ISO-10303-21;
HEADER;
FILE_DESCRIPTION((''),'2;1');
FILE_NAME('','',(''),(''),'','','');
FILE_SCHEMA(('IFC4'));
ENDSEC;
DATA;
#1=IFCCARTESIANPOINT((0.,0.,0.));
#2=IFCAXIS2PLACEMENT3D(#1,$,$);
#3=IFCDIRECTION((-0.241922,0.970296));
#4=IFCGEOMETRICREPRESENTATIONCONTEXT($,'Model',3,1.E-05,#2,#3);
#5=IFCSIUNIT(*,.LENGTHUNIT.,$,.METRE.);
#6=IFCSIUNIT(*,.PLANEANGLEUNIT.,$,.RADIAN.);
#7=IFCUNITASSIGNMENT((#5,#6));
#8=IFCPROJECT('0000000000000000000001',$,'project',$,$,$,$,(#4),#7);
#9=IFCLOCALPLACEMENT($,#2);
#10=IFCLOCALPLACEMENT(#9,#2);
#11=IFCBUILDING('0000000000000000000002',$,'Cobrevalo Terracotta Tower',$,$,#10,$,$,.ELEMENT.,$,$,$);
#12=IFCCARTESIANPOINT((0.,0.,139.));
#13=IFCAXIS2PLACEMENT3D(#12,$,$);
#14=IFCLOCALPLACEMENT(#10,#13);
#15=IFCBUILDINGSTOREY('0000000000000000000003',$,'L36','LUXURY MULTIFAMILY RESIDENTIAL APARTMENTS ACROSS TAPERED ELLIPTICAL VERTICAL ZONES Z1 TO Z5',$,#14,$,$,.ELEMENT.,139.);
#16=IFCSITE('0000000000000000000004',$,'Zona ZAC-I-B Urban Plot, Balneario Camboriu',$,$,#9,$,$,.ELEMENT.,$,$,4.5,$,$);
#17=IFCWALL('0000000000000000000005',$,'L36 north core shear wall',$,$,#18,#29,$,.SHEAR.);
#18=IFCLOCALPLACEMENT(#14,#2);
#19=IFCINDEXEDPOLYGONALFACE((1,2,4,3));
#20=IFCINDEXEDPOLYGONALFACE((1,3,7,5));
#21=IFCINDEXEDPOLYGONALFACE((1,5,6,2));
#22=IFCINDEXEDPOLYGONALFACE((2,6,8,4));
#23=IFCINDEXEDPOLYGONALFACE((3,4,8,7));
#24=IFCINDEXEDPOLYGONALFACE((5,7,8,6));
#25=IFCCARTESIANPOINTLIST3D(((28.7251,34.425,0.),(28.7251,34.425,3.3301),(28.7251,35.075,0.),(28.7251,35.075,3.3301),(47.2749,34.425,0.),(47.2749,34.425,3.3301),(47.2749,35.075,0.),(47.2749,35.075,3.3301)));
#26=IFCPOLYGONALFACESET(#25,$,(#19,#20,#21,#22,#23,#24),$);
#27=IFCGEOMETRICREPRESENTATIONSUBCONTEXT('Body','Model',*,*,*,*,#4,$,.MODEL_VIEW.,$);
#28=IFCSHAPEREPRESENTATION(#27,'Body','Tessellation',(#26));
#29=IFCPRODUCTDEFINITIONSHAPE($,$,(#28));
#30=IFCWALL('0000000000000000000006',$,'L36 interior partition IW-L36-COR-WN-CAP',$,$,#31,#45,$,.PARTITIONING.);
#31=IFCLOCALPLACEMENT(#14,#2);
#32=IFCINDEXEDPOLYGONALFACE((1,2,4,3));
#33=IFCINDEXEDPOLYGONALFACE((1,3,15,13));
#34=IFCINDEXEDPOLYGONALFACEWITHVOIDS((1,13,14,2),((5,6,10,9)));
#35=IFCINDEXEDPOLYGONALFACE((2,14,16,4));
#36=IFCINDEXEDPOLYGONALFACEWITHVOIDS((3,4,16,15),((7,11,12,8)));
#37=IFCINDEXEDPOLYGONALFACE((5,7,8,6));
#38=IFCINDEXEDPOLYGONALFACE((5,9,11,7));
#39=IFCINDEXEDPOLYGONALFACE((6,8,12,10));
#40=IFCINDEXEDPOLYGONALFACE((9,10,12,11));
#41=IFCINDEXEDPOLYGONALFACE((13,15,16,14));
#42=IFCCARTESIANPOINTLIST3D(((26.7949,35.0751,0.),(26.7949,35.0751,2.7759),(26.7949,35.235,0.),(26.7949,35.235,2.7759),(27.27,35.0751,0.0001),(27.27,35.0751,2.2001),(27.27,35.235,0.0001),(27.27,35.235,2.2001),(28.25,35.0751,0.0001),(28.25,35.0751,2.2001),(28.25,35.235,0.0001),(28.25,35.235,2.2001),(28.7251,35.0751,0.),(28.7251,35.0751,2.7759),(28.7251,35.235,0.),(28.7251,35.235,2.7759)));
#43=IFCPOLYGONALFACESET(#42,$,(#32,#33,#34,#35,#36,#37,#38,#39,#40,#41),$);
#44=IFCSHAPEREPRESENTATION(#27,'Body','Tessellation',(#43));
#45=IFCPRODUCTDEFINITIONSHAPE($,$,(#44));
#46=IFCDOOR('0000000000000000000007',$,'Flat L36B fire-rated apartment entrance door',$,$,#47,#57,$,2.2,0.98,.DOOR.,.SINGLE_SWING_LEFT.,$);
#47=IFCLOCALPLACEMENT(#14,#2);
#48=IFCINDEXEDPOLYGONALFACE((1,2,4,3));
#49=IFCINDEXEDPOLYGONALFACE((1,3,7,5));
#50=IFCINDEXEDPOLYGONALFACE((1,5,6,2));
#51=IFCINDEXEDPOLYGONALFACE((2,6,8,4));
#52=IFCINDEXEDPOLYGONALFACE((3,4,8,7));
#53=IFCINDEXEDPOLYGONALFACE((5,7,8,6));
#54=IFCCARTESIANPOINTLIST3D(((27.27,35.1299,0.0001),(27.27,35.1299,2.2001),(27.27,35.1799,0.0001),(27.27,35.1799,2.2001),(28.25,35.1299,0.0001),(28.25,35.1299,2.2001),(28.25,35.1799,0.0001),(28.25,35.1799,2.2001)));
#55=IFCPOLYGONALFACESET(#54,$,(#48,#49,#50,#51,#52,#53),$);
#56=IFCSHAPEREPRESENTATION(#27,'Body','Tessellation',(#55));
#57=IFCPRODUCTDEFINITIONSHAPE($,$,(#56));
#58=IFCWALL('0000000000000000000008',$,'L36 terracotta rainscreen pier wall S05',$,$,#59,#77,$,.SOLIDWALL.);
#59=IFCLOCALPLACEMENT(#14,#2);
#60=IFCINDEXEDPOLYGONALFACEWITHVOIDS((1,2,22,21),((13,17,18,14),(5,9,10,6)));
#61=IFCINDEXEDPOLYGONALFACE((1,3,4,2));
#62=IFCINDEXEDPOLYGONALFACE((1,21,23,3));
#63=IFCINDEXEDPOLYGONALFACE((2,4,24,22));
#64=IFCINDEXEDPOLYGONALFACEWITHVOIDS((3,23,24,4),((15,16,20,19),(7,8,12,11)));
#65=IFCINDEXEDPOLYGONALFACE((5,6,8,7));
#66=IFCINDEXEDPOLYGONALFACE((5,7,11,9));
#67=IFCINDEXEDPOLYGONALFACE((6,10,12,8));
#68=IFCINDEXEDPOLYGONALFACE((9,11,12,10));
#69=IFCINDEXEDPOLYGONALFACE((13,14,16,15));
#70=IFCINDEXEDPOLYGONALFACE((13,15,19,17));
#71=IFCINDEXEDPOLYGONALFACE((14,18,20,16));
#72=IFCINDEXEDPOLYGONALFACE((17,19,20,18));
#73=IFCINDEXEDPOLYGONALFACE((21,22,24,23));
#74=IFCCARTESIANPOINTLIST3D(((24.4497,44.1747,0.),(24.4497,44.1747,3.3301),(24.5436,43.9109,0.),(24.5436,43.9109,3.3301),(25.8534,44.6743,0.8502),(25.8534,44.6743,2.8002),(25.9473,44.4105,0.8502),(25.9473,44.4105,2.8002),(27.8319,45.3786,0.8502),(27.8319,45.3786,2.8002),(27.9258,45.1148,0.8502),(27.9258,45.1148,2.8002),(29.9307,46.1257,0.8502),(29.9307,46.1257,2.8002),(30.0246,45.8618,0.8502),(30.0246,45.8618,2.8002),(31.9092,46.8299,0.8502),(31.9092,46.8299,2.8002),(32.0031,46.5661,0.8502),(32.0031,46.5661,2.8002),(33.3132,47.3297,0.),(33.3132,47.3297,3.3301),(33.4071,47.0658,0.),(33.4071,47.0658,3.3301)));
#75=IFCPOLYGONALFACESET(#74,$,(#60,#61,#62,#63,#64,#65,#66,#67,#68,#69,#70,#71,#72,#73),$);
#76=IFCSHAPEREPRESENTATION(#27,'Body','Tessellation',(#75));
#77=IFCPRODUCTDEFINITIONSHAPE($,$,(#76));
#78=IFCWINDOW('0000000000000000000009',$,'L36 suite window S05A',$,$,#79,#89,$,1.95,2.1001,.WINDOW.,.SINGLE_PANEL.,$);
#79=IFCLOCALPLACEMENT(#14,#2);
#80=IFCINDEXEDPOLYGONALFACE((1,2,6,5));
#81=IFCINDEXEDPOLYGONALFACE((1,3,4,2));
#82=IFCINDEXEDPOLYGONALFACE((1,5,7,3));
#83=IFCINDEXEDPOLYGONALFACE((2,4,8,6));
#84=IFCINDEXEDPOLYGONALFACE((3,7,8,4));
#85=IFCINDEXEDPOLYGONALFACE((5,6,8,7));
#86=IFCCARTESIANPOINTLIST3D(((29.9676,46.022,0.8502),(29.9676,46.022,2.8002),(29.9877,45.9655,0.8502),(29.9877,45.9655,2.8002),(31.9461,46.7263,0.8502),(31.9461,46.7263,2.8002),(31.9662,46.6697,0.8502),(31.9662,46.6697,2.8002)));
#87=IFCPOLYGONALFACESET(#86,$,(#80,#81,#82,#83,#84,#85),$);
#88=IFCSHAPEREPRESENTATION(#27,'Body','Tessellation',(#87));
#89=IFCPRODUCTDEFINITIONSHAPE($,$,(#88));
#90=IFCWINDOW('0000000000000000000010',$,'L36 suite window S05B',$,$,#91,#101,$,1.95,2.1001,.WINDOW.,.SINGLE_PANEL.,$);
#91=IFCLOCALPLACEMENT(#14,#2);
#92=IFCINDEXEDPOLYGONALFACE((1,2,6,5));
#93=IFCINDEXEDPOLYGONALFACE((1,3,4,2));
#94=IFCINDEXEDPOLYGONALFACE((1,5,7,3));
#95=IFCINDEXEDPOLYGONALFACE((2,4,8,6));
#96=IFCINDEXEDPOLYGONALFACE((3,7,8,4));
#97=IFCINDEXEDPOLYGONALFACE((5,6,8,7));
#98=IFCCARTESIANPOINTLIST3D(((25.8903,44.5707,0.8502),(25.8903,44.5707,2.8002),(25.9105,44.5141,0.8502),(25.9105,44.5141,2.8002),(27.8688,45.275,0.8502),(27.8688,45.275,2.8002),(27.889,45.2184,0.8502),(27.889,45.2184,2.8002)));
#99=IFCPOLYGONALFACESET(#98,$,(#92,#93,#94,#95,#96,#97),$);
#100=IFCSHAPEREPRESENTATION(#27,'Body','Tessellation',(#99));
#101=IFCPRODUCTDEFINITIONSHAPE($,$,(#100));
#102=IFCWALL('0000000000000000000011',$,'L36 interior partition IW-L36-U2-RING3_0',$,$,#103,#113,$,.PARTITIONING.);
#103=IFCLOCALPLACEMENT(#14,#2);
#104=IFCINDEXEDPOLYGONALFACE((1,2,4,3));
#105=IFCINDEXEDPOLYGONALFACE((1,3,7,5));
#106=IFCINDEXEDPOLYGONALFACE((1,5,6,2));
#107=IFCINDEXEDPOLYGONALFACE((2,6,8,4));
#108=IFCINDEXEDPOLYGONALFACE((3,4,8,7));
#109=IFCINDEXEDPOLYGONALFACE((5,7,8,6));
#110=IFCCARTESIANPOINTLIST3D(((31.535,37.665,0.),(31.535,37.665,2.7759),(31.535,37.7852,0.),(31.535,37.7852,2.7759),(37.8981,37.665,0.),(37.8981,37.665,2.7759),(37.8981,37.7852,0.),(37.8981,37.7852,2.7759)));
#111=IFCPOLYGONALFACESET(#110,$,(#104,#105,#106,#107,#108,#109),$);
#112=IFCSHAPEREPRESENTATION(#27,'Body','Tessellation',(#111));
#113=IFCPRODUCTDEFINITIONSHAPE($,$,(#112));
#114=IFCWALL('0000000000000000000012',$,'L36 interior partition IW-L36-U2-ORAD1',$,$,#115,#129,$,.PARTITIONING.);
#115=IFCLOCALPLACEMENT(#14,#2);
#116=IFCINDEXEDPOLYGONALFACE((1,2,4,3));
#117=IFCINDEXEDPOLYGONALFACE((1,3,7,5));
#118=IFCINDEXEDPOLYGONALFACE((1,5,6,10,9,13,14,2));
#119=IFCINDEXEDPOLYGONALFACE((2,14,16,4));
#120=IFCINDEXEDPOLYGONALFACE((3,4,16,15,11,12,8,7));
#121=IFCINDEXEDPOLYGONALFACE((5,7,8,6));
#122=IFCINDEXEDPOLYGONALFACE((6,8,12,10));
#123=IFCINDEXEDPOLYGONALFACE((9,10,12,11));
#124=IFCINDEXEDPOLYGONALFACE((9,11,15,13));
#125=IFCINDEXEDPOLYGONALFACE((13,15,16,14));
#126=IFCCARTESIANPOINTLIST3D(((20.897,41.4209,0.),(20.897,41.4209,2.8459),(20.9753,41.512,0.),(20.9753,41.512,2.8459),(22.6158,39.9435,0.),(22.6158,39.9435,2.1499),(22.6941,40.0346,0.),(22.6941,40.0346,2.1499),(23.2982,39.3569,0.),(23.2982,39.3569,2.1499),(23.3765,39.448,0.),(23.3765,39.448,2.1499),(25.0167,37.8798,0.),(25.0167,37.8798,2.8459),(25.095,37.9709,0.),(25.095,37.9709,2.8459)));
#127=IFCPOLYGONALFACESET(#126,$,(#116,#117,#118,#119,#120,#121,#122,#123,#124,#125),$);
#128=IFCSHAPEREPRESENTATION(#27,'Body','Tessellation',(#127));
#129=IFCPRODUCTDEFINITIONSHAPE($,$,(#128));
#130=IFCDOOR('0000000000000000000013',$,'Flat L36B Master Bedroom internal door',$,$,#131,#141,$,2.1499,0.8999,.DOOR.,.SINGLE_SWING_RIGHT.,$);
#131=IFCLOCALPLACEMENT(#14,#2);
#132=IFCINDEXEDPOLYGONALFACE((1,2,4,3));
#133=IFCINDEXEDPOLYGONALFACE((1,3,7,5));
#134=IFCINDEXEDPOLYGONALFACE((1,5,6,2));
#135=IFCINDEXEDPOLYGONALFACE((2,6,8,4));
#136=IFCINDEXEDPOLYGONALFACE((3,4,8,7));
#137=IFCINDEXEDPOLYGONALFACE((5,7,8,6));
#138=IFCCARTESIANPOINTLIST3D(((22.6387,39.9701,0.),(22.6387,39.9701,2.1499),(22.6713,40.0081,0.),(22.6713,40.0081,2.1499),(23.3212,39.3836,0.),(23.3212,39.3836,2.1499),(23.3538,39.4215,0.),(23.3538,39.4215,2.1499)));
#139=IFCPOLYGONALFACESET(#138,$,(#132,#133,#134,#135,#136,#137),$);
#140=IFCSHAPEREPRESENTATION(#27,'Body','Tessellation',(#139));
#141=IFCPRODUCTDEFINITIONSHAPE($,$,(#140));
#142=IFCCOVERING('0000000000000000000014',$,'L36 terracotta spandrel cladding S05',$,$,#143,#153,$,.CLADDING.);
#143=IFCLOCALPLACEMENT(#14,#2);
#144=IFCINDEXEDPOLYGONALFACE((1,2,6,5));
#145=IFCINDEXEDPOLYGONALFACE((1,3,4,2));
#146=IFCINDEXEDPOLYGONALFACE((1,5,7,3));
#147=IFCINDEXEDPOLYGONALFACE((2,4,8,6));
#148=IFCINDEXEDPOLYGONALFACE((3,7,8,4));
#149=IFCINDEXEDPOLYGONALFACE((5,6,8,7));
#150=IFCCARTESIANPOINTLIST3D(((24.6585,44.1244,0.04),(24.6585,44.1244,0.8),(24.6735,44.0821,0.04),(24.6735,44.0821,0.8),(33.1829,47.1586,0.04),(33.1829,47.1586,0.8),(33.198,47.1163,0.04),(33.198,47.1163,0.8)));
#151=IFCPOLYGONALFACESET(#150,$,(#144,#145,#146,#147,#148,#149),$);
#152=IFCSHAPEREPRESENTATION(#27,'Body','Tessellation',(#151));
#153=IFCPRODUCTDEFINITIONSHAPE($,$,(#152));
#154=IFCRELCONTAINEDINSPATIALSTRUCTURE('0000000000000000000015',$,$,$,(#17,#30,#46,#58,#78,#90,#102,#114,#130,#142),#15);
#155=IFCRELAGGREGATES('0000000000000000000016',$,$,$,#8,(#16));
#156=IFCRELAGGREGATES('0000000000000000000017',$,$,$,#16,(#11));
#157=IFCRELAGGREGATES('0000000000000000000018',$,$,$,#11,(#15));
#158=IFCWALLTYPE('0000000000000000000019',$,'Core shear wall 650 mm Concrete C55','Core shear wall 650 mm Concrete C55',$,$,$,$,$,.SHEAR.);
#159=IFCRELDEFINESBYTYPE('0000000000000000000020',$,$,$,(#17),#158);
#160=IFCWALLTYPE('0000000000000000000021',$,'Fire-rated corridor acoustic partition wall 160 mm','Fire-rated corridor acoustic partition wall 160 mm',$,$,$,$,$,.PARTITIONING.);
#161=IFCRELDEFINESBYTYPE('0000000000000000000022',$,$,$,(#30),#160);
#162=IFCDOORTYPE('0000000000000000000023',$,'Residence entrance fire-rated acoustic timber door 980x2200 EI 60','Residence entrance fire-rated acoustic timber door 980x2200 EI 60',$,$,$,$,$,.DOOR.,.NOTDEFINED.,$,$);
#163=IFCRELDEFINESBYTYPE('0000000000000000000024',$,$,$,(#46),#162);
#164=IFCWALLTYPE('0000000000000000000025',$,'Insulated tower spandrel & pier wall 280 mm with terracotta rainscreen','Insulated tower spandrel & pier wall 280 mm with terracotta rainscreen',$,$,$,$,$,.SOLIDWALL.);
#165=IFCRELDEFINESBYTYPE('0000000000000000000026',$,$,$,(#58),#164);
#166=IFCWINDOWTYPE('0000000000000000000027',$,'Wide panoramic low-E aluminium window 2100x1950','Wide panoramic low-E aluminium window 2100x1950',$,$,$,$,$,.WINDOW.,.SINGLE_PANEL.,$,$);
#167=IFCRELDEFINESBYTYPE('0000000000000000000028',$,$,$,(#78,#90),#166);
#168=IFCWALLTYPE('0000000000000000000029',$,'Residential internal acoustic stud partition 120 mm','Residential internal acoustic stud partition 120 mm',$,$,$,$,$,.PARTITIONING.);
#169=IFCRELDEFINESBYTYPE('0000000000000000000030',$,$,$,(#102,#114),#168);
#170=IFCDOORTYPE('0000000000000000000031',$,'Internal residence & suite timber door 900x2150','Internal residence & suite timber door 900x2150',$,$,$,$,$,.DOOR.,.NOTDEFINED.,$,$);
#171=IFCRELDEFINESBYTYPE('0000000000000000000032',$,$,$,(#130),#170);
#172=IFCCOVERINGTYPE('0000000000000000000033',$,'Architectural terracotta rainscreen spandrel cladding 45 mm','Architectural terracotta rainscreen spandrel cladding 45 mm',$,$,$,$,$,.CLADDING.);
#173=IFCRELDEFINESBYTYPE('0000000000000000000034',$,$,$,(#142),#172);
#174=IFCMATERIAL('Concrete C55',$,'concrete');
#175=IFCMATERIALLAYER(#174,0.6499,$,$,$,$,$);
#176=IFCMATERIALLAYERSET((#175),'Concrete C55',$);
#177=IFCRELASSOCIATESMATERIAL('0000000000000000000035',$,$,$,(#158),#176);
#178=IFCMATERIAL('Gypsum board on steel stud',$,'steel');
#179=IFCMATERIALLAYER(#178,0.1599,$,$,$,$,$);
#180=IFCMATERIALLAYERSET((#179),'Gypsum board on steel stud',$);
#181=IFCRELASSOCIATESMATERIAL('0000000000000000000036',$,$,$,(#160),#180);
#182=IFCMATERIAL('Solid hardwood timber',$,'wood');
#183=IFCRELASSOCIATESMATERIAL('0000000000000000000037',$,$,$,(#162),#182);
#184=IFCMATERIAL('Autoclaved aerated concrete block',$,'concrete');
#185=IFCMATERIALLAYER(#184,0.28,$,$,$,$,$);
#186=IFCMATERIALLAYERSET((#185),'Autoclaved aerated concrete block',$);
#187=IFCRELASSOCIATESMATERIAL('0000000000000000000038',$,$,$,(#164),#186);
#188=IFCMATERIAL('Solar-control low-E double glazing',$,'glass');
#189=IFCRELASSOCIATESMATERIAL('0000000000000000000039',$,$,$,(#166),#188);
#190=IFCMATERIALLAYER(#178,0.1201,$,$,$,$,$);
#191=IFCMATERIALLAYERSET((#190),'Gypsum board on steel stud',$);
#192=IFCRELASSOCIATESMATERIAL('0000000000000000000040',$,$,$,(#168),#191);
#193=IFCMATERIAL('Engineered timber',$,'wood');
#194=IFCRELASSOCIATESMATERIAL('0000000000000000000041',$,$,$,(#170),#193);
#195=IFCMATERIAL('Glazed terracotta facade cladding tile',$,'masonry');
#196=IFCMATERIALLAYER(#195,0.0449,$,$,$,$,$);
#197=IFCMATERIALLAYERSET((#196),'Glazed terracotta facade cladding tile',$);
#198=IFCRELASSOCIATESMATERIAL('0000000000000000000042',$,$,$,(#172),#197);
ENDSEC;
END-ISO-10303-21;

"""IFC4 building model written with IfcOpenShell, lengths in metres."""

from ifc_helpers import new_model, si_unit, direction, frame, frame_2d, origin, origin_2d, place, context, subcontext, project, spatial, rectangle, extrude, source, transform, mapped, material, layer, layer_set, type_object, element, fill, save


model = new_model("IFC4")

# Units and contexts
model_context = context("Model", 3, precision=1e-05, world=origin(), true_north=direction((-0.241922, 0.970296)))
body_context = subcontext(model_context, "Body", "Model", "MODEL_VIEW")
ifc_project = project(units=[si_unit("LENGTHUNIT", "METRE"), si_unit("PLANEANGLEUNIT", "RADIAN")], contexts=[model_context])

# Site, building, storey
site_placement = place(None, origin())
site = spatial("IfcSite", under=ifc_project, at=site_placement, Name="Zona ZAC-I-B Urban Plot, Balneario Camboriu", CompositionType="ELEMENT", RefElevation=4.5)
building_placement = place(site_placement, origin())
building = spatial("IfcBuilding", under=site, at=building_placement, Name="Cobrevalo Terracotta Tower", CompositionType="ELEMENT")
storey_placement = place(building_placement, frame((0.0, 0.0, 139.0)))
storey = spatial("IfcBuildingStorey", under=building, at=storey_placement, Name="L36", Description="LUXURY MULTIFAMILY RESIDENTIAL APARTMENTS ACROSS TAPERED ELLIPTICAL VERTICAL ZONES Z1 TO Z5", CompositionType="ELEMENT", Elevation=139.0)

# Shared definitions
ifc_material_1 = material(Name="Concrete C55", Category="concrete")

# Wall
ifc_layer_1 = layer(ifc_material_1, 0.6499)
ifc_layer_set_1 = layer_set([ifc_layer_1], Name="Concrete C55")
wall_type_1 = type_object("IfcWallType", Name="Core shear wall 650 mm Concrete C55", Description="Core shear wall 650 mm Concrete C55", PredefinedType="SHEAR", material=ifc_layer_set_1)
wall_1_placement = place(storey_placement, frame((28.7251, 34.75, 0.0), z_axis=(0.0, 0.0, 1.0), x_axis=(1.0, 0.0, 0.0)))
element("IfcWall", 1, at=wall_1_placement, inside=storey, type_object=wall_type_1, Name="L36 north core shear wall", PredefinedType="SHEAR", context=body_context, shape_type="SweptSolid", body=[
    extrude(rectangle(XDim=18.5498, YDim=0.6499, at=frame_2d((9.2749, 0.0))), origin(), (0.0, 0.0, 1.0), 3.3301),
])

# Wall, opening, door
ifc_material_2 = material(Name="Gypsum board on steel stud", Category="steel")
ifc_layer_2 = layer(ifc_material_2, 0.1599)
ifc_layer_set_2 = layer_set([ifc_layer_2], Name="Gypsum board on steel stud")
wall_type_2 = type_object("IfcWallType", Name="Fire-rated corridor acoustic partition wall 160 mm", Description="Fire-rated corridor acoustic partition wall 160 mm", PredefinedType="PARTITIONING", material=ifc_layer_set_2)
wall_2_placement = place(storey_placement, frame((26.7949, 35.155, 0.0), z_axis=(0.0, 0.0, 1.0), x_axis=(1.0, 0.0, 0.0)))
wall_2 = element("IfcWall", 2, at=wall_2_placement, inside=storey, type_object=wall_type_2, Name="L36 interior partition IW-L36-COR-WN-CAP", PredefinedType="PARTITIONING", context=body_context, shape_type="SweptSolid", body=[
    extrude(rectangle(XDim=1.9302, YDim=0.1599, at=frame_2d((0.9651, 0.0))), origin(), (0.0, 0.0, 1.0), 2.7759),
])
opening_1_placement = place(wall_2_placement, frame((0.4751, 0.0, 0.0)))
opening_1 = element("IfcOpeningElement", 3, at=opening_1_placement, cuts=wall_2, PredefinedType="OPENING", context=body_context, shape_type="SweptSolid", body=[
    extrude(rectangle(XDim=0.98, YDim=2.2, at=frame_2d((0.49, 1.1001))), frame((0.0, 0.0898, 0.0), z_axis=(0.0, -1.0, 0.0), x_axis=(1.0, 0.0, 0.0)), (0.0, 0.0, 1.0), 0.1799),
])
ifc_material_3 = material(Name="Solid hardwood timber", Category="wood")
door_type_1 = type_object("IfcDoorType", Name="Residence entrance fire-rated acoustic timber door 980x2200 EI 60", Description="Residence entrance fire-rated acoustic timber door 980x2200 EI 60", OperationType="NOTDEFINED", PredefinedType="DOOR", material=ifc_material_3)
shared_shape_1 = source(origin(), body_context, "Body", "SweptSolid", [
    extrude(rectangle(XDim=0.98, YDim=2.2, at=frame_2d((0.49, 1.1001))), frame((0.0, 0.0249, 0.0), z_axis=(0.0, -1.0, 0.0), x_axis=(1.0, 0.0, 0.0)), (0.0, 0.0, 1.0), 0.05),
])
door_1_placement = place(opening_1_placement, origin())
door_1 = element("IfcDoor", 4, at=door_1_placement, inside=storey, type_object=door_type_1, Name="Flat L36B fire-rated apartment entrance door", OperationType="SINGLE_SWING_LEFT", OverallHeight=2.2, OverallWidth=0.98, PredefinedType="DOOR", context=body_context, shape_type="MappedRepresentation", body=[
    mapped(shared_shape_1, transform((0.0, 0.0, 0.0), scale=1.0)),
])
fill(opening_1, door_1)

# Wall, openings, windows
ifc_material_4 = material(Name="Autoclaved aerated concrete block", Category="concrete")
ifc_layer_3 = layer(ifc_material_4, 0.28)
ifc_layer_set_3 = layer_set([ifc_layer_3], Name="Autoclaved aerated concrete block")
wall_type_3 = type_object("IfcWallType", Name="Insulated tower spandrel & pier wall 280 mm with terracotta rainscreen", Description="Insulated tower spandrel & pier wall 280 mm with terracotta rainscreen", PredefinedType="SOLIDWALL", material=ifc_layer_set_3)
wall_3_placement = place(storey_placement, frame((33.3601, 47.1978, 0.0), z_axis=(0.0, 0.0, 1.0), x_axis=(-0.942095, -0.335345, 0.0)))
wall_3 = element("IfcWall", 5, at=wall_3_placement, inside=storey, type_object=wall_type_3, Name="L36 terracotta rainscreen pier wall S05", PredefinedType="SOLIDWALL", context=body_context, shape_type="SweptSolid", body=[
    extrude(rectangle(XDim=9.4082, YDim=0.28, at=frame_2d((4.7041, 0.0))), origin(), (0.0, 0.0, 1.0), 3.3301),
])
opening_2_placement = place(wall_3_placement, frame((1.4902, 0.0, 0.8501)))
opening_2 = element("IfcOpeningElement", 6, at=opening_2_placement, cuts=wall_3, PredefinedType="OPENING", context=body_context, shape_type="SweptSolid", body=[
    extrude(rectangle(XDim=2.1001, YDim=1.95, at=frame_2d((1.05, 0.9751))), frame((0.0, 0.1499, 0.0), z_axis=(0.0, -1.0, 0.0), x_axis=(1.0, 0.0, 0.0)), (0.0, 0.0, 1.0), 0.3),
])
opening_3_placement = place(wall_3_placement, frame((5.8181, 0.0, 0.8501)))
opening_3 = element("IfcOpeningElement", 7, at=opening_3_placement, cuts=wall_3, PredefinedType="OPENING", context=body_context, shape_type="SweptSolid", body=[
    extrude(rectangle(XDim=2.1001, YDim=1.95, at=frame_2d((1.05, 0.9751))), frame((0.0, 0.1499, 0.0), z_axis=(0.0, -1.0, 0.0), x_axis=(1.0, 0.0, 0.0)), (0.0, 0.0, 1.0), 0.3),
])
ifc_material_5 = material(Name="Solar-control low-E double glazing", Category="glass")
window_type = type_object("IfcWindowType", Name="Wide panoramic low-E aluminium window 2100x1950", Description="Wide panoramic low-E aluminium window 2100x1950", PartitioningType="SINGLE_PANEL", PredefinedType="WINDOW", material=ifc_material_5)
shared_shape_2 = source(origin(), body_context, "Body", "SweptSolid", [
    extrude(rectangle(XDim=2.1001, YDim=1.95, at=frame_2d((1.05, 0.9751))), frame((0.0, 0.03, 0.0), z_axis=(0.0, -1.0, 0.0), x_axis=(1.0, 0.0, 0.0)), (0.0, 0.0, 1.0), 0.0601),
])
window_1_placement = place(opening_2_placement, origin())
window_1 = element("IfcWindow", 8, at=window_1_placement, inside=storey, type_object=window_type, Name="L36 suite window S05A", OverallHeight=1.95, OverallWidth=2.1001, PartitioningType="SINGLE_PANEL", PredefinedType="WINDOW", context=body_context, shape_type="MappedRepresentation", body=[
    mapped(shared_shape_2, transform((0.0, 0.0, 0.0), scale=1.0)),
])
fill(opening_2, window_1)
window_2_placement = place(opening_3_placement, origin())
window_2 = element("IfcWindow", 9, at=window_2_placement, inside=storey, type_object=window_type, Name="L36 suite window S05B", OverallHeight=1.95, OverallWidth=2.1001, PartitioningType="SINGLE_PANEL", PredefinedType="WINDOW", context=body_context, shape_type="MappedRepresentation", body=[
    mapped(shared_shape_2, transform((0.0, 0.0, 0.0), scale=1.0)),
])
fill(opening_3, window_2)

# Wall
ifc_layer_4 = layer(ifc_material_2, 0.1201)
ifc_layer_set_4 = layer_set([ifc_layer_4], Name="Gypsum board on steel stud")
wall_type_4 = type_object("IfcWallType", Name="Residential internal acoustic stud partition 120 mm", Description="Residential internal acoustic stud partition 120 mm", PredefinedType="PARTITIONING", material=ifc_layer_set_4)
wall_4_placement = place(storey_placement, frame((31.5349, 37.7251, 0.0), z_axis=(0.0, 0.0, 1.0), x_axis=(1.0, 0.0, 0.0)))
element("IfcWall", 10, at=wall_4_placement, inside=storey, type_object=wall_type_4, Name="L36 interior partition IW-L36-U2-RING3_0", PredefinedType="PARTITIONING", context=body_context, shape_type="SweptSolid", body=[
    extrude(rectangle(XDim=6.363, YDim=0.1201, at=frame_2d((3.1816, 0.0))), origin(), (0.0, 0.0, 1.0), 2.7759),
])

# Wall, opening, door
wall_5_placement = place(storey_placement, frame((25.0559, 37.9253, 0.0), z_axis=(0.0, 0.0, 1.0), x_axis=(-0.758355, 0.651842, 0.0)))
wall_5 = element("IfcWall", 11, at=wall_5_placement, inside=storey, type_object=wall_type_4, Name="L36 interior partition IW-L36-U2-ORAD1", PredefinedType="PARTITIONING", context=body_context, shape_type="SweptSolid", body=[
    extrude(rectangle(XDim=5.4324, YDim=0.1201, at=frame_2d((2.7163, 0.0))), origin(), (0.0, 0.0, 1.0), 2.8459),
])
opening_4_placement = place(wall_5_placement, frame((2.2661, 0.0, 0.0)))
opening_4 = element("IfcOpeningElement", 12, at=opening_4_placement, cuts=wall_5, PredefinedType="OPENING", context=body_context, shape_type="SweptSolid", body=[
    extrude(rectangle(XDim=0.8999, YDim=2.1499, at=frame_2d((0.45, 1.075))), frame((0.0, 0.0701, 0.0), z_axis=(0.0, -1.0, 0.0), x_axis=(1.0, 0.0, 0.0)), (0.0, 0.0, 1.0), 0.1401),
])
ifc_material_6 = material(Name="Engineered timber", Category="wood")
door_type_2 = type_object("IfcDoorType", Name="Internal residence & suite timber door 900x2150", Description="Internal residence & suite timber door 900x2150", OperationType="NOTDEFINED", PredefinedType="DOOR", material=ifc_material_6)
shared_shape_3 = source(origin(), body_context, "Body", "SweptSolid", [
    extrude(rectangle(XDim=0.8999, YDim=2.1499, at=frame_2d((0.45, 1.075))), frame((0.0, 0.0249, 0.0), z_axis=(0.0, -1.0, 0.0), x_axis=(1.0, 0.0, 0.0)), (0.0, 0.0, 1.0), 0.05),
])
door_2_placement = place(opening_4_placement, origin())
door_2 = element("IfcDoor", 13, at=door_2_placement, inside=storey, type_object=door_type_2, Name="Flat L36B Master Bedroom internal door", OperationType="SINGLE_SWING_RIGHT", OverallHeight=2.1499, OverallWidth=0.8999, PredefinedType="DOOR", context=body_context, shape_type="MappedRepresentation", body=[
    mapped(shared_shape_3, transform((0.0, 0.0, 0.0), scale=1.0)),
])
fill(opening_4, door_2)

# Covering
ifc_material_7 = material(Name="Glazed terracotta facade cladding tile", Category="masonry")
ifc_layer_5 = layer(ifc_material_7, 0.0449)
ifc_layer_set_5 = layer_set([ifc_layer_5], Name="Glazed terracotta facade cladding tile")
covering_type = type_object("IfcCoveringType", Name="Architectural terracotta rainscreen spandrel cladding 45 mm", Description="Architectural terracotta rainscreen spandrel cladding 45 mm", PredefinedType="CLADDING", material=ifc_layer_set_5)
shared_shape_4 = source(origin(), body_context, "Body", "SweptSolid", [
    extrude(rectangle(XDim=9.0483, YDim=0.0449, at=origin_2d()), origin(), (0.0, 0.0, 1.0), 0.76),
])
covering_placement = place(storey_placement, frame((28.9282, 45.6204, 0.04), z_axis=(0.0, 0.0, 1.0), x_axis=(-0.942098, -0.335336, 0.0)))
element("IfcCovering", 14, at=covering_placement, inside=storey, type_object=covering_type, Name="L36 terracotta spandrel cladding S05", PredefinedType="CLADDING", context=body_context, shape_type="MappedRepresentation", body=[
    mapped(shared_shape_4, transform((0.0, 0.0, 0.0), scale=1.0)),
])

save(model, "model.ifc")
